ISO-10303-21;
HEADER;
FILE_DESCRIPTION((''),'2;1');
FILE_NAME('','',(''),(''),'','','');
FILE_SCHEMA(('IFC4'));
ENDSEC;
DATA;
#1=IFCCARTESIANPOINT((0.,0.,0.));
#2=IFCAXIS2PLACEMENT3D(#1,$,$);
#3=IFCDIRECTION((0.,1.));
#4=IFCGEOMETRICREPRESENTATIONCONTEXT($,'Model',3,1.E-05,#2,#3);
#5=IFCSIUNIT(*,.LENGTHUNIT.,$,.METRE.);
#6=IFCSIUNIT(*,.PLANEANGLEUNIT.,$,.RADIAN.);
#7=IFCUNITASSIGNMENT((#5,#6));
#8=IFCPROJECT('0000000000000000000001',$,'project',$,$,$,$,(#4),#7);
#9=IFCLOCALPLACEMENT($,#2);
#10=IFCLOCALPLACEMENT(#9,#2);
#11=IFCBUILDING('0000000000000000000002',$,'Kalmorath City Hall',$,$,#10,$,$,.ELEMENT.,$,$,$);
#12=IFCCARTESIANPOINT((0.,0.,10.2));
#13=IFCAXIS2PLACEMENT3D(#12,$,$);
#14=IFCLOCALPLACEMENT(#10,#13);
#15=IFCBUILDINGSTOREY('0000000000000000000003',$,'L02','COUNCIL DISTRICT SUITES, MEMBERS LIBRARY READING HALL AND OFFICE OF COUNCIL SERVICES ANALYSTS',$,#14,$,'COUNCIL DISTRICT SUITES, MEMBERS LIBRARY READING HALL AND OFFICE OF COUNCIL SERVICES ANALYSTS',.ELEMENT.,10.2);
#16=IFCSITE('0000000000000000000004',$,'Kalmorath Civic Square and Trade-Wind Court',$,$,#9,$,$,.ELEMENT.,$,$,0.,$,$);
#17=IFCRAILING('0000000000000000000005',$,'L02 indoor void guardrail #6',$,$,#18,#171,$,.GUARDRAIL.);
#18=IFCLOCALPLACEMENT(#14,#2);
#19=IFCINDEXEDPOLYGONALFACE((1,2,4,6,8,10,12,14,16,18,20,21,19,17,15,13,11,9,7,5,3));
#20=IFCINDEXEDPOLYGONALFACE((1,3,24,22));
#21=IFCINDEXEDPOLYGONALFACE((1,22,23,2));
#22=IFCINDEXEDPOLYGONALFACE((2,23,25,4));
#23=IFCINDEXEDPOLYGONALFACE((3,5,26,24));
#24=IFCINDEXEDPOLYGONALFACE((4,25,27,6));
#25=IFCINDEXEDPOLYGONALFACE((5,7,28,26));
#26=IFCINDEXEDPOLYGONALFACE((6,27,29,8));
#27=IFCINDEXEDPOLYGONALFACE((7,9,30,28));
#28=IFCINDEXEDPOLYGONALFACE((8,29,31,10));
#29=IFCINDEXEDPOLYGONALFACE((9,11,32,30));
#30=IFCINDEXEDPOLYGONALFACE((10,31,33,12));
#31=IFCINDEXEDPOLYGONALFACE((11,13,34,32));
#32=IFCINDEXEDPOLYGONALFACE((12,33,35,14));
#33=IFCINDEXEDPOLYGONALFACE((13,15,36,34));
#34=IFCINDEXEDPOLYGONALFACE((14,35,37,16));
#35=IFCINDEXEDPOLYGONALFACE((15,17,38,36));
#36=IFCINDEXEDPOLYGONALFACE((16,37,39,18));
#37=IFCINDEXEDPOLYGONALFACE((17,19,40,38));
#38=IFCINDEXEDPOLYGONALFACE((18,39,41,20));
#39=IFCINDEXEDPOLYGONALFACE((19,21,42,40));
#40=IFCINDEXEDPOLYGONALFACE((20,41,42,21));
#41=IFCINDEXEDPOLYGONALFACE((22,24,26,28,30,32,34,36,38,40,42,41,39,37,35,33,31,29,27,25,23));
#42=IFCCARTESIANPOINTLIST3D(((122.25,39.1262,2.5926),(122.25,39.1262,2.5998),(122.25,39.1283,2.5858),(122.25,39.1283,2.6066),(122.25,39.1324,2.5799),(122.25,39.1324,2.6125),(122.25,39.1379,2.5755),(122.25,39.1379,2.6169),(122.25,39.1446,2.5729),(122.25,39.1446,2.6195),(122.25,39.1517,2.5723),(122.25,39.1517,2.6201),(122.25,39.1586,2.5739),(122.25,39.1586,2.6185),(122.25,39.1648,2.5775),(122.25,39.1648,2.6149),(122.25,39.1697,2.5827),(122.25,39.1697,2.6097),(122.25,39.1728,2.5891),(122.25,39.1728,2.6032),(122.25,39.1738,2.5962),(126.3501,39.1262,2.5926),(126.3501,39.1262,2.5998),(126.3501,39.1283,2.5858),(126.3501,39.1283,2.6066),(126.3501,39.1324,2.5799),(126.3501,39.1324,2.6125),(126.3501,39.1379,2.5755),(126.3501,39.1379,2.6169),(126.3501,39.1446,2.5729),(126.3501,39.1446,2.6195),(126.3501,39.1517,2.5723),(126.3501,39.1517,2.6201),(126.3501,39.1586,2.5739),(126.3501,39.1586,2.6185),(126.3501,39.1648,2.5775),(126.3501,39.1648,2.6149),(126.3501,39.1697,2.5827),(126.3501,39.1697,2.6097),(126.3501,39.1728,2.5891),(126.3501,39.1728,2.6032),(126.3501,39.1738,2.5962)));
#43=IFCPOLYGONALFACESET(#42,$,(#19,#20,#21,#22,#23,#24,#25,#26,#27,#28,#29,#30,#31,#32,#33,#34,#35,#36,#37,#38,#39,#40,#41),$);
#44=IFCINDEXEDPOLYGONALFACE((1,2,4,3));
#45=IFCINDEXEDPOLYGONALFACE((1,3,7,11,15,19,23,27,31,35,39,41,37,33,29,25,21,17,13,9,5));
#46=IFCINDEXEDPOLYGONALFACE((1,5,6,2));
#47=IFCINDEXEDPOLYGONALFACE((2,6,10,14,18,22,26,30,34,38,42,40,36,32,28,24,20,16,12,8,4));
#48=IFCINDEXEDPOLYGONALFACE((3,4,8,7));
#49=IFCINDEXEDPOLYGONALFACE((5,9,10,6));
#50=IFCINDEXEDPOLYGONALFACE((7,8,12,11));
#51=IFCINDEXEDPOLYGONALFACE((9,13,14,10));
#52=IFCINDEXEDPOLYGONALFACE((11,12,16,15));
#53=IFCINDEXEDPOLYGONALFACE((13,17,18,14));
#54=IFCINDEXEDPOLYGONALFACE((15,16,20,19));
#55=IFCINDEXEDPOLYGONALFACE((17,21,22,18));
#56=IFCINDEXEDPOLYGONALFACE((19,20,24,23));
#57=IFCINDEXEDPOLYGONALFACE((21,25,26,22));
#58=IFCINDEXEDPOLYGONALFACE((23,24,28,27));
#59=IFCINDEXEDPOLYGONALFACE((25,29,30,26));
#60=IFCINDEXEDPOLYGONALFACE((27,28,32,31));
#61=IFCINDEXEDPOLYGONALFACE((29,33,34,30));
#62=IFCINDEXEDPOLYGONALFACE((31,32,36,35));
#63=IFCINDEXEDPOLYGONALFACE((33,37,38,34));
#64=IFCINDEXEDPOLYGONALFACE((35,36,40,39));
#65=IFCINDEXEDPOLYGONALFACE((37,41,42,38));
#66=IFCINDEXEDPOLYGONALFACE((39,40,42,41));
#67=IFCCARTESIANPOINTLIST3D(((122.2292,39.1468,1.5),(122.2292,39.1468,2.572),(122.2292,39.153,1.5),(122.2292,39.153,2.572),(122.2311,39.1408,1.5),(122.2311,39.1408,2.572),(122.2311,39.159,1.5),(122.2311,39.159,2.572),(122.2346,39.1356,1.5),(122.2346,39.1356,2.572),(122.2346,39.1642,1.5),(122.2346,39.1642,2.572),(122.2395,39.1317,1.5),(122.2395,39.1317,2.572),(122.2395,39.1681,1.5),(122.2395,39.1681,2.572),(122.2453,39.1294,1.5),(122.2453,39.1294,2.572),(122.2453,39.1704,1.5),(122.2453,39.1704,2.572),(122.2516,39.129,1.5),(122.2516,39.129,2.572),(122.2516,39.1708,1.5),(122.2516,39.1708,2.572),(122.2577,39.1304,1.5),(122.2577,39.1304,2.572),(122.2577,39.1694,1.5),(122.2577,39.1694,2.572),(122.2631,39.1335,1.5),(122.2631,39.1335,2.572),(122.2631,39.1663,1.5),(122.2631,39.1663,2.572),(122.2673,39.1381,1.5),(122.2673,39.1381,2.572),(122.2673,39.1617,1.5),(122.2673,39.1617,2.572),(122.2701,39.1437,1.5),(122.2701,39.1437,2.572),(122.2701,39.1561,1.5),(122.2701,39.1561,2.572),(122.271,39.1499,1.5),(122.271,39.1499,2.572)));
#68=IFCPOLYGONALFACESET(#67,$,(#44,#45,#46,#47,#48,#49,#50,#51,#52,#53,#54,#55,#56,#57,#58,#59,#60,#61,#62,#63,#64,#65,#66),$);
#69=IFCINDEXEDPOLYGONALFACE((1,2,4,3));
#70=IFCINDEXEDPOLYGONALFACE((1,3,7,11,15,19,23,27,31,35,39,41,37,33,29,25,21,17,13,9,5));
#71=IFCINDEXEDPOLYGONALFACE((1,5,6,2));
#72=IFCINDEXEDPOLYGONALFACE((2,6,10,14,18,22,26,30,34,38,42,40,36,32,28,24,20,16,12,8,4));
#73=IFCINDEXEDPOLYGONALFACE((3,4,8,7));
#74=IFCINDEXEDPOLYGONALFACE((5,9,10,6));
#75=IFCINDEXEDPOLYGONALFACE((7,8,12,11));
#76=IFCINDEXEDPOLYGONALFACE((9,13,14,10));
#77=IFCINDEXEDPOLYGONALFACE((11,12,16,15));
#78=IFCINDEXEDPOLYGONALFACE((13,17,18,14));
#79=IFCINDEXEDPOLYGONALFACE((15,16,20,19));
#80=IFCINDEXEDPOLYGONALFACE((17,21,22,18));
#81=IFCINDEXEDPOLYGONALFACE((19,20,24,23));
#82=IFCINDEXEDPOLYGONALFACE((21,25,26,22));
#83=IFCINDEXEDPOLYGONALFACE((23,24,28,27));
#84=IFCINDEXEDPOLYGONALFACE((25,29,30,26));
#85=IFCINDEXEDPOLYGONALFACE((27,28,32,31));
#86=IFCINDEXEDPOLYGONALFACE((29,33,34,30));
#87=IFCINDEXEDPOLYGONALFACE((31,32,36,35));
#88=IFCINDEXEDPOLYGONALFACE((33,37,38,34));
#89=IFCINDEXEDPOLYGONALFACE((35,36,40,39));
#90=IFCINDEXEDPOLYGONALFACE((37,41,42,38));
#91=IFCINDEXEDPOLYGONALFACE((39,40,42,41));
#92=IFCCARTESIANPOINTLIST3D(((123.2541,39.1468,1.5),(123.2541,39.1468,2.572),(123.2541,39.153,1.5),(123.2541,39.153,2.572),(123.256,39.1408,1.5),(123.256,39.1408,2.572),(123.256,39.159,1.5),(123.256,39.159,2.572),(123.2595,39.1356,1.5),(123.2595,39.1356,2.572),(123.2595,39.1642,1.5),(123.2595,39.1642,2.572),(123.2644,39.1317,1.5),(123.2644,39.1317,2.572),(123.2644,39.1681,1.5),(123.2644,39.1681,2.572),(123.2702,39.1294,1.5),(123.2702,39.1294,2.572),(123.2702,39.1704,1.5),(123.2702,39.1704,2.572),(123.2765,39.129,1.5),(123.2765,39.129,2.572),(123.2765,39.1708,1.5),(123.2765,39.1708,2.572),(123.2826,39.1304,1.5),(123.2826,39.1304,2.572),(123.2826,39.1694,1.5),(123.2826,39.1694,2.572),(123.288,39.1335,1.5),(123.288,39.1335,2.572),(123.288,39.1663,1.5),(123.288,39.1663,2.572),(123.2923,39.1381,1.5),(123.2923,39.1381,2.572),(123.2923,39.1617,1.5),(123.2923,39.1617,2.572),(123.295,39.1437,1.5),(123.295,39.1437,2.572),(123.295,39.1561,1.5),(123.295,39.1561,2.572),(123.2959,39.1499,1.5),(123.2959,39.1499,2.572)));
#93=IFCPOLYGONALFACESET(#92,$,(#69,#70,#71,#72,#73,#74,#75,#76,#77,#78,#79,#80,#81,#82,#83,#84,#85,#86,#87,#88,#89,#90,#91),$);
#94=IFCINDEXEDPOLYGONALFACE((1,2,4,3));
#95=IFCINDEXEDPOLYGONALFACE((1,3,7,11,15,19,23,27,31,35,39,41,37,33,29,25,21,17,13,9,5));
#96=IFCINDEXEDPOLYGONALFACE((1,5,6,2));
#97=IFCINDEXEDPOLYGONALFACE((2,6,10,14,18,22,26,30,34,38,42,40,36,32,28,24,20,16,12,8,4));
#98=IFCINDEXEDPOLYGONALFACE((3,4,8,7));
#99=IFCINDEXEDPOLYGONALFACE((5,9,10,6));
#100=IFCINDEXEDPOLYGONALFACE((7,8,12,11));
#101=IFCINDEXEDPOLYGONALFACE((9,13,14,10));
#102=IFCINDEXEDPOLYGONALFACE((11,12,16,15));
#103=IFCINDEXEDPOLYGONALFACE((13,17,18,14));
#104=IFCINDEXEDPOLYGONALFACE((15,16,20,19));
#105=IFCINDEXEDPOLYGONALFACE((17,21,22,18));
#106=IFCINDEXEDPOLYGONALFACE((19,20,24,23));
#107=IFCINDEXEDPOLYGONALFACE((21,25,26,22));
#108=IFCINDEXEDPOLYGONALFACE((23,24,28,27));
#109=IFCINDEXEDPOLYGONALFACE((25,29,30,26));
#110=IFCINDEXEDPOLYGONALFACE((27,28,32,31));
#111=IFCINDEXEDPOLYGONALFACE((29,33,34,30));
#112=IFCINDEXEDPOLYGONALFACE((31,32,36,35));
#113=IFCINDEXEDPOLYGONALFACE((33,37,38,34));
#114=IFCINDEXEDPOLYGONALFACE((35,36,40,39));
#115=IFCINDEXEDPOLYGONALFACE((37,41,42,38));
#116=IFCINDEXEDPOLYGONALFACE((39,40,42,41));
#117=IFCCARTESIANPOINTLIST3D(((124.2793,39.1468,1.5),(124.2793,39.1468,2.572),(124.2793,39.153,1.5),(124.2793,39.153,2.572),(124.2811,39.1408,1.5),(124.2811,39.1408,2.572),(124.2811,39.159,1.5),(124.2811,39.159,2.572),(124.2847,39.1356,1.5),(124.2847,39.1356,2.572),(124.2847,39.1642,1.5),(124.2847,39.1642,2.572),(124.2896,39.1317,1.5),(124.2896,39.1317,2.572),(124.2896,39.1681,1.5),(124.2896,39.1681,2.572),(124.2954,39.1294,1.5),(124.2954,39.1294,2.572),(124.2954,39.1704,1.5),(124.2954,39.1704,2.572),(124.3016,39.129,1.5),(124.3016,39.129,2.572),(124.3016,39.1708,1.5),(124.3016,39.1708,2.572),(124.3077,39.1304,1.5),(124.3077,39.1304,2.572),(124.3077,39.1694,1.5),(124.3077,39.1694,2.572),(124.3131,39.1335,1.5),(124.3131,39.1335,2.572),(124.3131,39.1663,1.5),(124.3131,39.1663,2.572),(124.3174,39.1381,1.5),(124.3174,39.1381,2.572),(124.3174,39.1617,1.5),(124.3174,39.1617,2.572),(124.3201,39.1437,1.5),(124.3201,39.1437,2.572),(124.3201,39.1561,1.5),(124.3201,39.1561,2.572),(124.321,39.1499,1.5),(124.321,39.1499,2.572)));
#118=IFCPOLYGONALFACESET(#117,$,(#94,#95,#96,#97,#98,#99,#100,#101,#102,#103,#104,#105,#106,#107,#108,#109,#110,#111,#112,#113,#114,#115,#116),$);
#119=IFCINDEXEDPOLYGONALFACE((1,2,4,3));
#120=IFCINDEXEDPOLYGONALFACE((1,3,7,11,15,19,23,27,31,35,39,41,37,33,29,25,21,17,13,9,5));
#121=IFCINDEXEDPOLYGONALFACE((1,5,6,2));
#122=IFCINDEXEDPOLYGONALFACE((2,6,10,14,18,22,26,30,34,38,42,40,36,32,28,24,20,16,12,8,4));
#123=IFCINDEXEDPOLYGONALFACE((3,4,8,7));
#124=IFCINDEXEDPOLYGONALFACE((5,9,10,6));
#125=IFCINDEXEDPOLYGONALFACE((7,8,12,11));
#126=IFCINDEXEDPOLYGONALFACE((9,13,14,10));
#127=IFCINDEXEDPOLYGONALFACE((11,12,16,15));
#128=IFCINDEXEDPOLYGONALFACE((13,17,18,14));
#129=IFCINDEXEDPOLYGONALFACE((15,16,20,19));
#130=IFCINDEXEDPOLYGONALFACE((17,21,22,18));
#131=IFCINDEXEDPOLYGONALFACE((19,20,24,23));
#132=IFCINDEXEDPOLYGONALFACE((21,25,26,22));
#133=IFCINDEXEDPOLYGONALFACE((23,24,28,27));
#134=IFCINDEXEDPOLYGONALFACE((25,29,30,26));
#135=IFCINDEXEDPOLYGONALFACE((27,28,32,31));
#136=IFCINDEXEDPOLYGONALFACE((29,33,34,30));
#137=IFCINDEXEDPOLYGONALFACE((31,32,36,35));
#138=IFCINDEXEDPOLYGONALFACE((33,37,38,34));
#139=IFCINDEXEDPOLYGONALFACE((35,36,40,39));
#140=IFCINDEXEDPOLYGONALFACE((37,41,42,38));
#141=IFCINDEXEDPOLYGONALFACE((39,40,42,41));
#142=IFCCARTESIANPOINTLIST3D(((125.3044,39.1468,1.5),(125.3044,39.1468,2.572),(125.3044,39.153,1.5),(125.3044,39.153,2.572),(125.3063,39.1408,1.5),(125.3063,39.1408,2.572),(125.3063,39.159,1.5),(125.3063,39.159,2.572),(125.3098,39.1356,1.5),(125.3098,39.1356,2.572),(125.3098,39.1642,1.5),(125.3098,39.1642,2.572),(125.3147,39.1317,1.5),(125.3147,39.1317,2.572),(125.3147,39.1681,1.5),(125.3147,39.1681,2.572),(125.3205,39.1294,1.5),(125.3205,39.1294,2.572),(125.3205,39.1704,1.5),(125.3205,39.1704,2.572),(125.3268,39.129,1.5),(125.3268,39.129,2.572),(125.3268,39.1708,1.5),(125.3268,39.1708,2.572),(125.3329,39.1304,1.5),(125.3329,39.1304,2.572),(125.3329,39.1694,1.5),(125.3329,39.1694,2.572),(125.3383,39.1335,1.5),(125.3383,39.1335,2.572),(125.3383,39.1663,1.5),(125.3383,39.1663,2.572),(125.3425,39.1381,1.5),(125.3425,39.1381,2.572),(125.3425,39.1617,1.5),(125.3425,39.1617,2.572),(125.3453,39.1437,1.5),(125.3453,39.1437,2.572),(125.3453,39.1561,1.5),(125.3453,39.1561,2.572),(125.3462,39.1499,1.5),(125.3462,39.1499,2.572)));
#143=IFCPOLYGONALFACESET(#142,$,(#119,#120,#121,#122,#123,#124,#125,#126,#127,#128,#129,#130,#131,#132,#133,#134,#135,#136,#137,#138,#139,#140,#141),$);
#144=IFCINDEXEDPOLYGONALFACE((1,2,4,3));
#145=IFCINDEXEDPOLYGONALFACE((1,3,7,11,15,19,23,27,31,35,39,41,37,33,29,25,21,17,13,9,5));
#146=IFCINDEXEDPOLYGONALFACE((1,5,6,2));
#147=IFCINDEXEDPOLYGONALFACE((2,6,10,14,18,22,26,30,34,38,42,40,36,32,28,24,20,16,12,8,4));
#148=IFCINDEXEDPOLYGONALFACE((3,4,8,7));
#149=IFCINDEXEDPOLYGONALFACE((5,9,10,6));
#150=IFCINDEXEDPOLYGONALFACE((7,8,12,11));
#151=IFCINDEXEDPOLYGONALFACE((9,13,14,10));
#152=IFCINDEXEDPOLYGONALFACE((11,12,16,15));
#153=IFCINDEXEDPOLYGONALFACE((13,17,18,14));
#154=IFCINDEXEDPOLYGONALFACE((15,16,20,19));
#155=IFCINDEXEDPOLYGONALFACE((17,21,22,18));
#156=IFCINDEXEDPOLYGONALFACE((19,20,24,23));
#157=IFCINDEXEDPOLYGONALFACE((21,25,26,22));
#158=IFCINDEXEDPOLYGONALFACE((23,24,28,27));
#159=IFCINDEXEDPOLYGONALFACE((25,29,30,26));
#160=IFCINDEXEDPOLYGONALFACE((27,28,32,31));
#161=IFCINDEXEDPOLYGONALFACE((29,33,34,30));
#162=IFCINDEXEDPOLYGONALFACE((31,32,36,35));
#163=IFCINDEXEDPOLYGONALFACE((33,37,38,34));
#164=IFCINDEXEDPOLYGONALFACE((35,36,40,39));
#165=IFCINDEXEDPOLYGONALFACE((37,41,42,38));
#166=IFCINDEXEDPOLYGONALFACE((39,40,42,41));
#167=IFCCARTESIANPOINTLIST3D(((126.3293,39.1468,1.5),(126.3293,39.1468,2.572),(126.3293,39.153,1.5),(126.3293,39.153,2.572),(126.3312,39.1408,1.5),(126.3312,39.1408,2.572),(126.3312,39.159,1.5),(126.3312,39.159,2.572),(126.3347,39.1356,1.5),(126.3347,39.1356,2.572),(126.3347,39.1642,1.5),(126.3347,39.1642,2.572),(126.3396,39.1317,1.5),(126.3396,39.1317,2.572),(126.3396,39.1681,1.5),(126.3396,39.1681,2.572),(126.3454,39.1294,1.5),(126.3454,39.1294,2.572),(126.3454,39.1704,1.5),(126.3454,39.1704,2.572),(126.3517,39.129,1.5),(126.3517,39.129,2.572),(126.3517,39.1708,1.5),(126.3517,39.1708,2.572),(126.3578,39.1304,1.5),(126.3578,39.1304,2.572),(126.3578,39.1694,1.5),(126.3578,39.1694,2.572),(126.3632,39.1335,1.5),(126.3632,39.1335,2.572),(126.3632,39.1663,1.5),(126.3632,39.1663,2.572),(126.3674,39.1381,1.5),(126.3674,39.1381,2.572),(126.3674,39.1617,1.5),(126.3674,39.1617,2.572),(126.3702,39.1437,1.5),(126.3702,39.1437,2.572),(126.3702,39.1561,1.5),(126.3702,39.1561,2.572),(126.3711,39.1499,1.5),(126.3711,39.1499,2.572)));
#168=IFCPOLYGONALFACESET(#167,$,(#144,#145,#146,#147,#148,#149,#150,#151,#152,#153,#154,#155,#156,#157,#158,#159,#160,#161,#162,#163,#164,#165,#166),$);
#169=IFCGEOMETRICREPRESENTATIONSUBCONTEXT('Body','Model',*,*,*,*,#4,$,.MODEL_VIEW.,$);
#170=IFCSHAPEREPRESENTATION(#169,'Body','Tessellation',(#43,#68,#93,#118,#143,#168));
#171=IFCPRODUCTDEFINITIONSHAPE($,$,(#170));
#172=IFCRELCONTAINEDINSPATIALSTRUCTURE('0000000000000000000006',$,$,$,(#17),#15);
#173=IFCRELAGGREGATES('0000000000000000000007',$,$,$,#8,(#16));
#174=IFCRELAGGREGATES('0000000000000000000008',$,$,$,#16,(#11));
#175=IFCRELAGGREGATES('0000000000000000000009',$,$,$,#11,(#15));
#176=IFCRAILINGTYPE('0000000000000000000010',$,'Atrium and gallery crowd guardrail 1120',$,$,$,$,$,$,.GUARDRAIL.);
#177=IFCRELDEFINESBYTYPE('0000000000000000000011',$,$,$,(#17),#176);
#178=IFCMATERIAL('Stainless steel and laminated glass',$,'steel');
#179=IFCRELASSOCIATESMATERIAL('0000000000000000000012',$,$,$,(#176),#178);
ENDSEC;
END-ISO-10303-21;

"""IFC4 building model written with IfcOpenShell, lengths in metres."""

from ifc_helpers import new_model, si_unit, direction, frame, origin, origin_2d, place, context, subcontext, project, spatial, circle, extrude, material, type_object, element, save


model = new_model("IFC4")

# Units and contexts
model_context = context("Model", 3, precision=1e-05, world=origin(), true_north=direction((0.0, 1.0)))
body_context = subcontext(model_context, "Body", "Model", "MODEL_VIEW")
ifc_project = project(units=[si_unit("LENGTHUNIT", "METRE"), si_unit("PLANEANGLEUNIT", "RADIAN")], contexts=[model_context])

# Site, building, storey
site_placement = place(None, origin())
site = spatial("IfcSite", under=ifc_project, at=site_placement, Name="Kalmorath Civic Square and Trade-Wind Court", CompositionType="ELEMENT", RefElevation=0.0)
building_placement = place(site_placement, origin())
building = spatial("IfcBuilding", under=site, at=building_placement, Name="Kalmorath City Hall", CompositionType="ELEMENT")
storey_placement = place(building_placement, frame((0.0, 0.0, 10.2)))
storey = spatial("IfcBuildingStorey", under=building, at=storey_placement, Name="L02", Description="COUNCIL DISTRICT SUITES, MEMBERS LIBRARY READING HALL AND OFFICE OF COUNCIL SERVICES ANALYSTS", LongName="COUNCIL DISTRICT SUITES, MEMBERS LIBRARY READING HALL AND OFFICE OF COUNCIL SERVICES ANALYSTS", CompositionType="ELEMENT", Elevation=10.2)

# Railing
ifc_material_1 = material(Name="Stainless steel and laminated glass", Category="steel")
railing_type_1 = type_object("IfcRailingType", Name="Atrium and gallery crowd guardrail 1120", PredefinedType="GUARDRAIL", material=ifc_material_1)
railing_1_placement = place(storey_placement, frame((122.25, 39.1499, 1.5)))
element("IfcRailing", 1, at=railing_1_placement, inside=storey, type_object=railing_type_1, Name="L02 indoor void guardrail #6", PredefinedType="GUARDRAIL", context=body_context, shape_type="SweptSolid", body=[
    extrude(circle(Radius=0.0239, at=origin_2d()), frame((0.0, 0.0, 1.0962), z_axis=(1.0, 0.0, 0.0), x_axis=(0.0, 1.0, 0.0)), (0.0, 0.0, 1.0), 4.1001),
    extrude(circle(Radius=0.021, at=origin_2d()), origin(), (0.0, 0.0, 1.0), 1.072),
    extrude(circle(Radius=0.021, at=origin_2d()), frame((1.0249, 0.0, 0.0)), (0.0, 0.0, 1.0), 1.072),
    extrude(circle(Radius=0.021, at=origin_2d()), frame((2.05, 0.0, 0.0)), (0.0, 0.0, 1.0), 1.072),
    extrude(circle(Radius=0.021, at=origin_2d()), frame((3.0752, 0.0, 0.0)), (0.0, 0.0, 1.0), 1.072),
    extrude(circle(Radius=0.021, at=origin_2d()), frame((4.1001, 0.0, 0.0)), (0.0, 0.0, 1.0), 1.072),
])

save(model, "model.ifc")
